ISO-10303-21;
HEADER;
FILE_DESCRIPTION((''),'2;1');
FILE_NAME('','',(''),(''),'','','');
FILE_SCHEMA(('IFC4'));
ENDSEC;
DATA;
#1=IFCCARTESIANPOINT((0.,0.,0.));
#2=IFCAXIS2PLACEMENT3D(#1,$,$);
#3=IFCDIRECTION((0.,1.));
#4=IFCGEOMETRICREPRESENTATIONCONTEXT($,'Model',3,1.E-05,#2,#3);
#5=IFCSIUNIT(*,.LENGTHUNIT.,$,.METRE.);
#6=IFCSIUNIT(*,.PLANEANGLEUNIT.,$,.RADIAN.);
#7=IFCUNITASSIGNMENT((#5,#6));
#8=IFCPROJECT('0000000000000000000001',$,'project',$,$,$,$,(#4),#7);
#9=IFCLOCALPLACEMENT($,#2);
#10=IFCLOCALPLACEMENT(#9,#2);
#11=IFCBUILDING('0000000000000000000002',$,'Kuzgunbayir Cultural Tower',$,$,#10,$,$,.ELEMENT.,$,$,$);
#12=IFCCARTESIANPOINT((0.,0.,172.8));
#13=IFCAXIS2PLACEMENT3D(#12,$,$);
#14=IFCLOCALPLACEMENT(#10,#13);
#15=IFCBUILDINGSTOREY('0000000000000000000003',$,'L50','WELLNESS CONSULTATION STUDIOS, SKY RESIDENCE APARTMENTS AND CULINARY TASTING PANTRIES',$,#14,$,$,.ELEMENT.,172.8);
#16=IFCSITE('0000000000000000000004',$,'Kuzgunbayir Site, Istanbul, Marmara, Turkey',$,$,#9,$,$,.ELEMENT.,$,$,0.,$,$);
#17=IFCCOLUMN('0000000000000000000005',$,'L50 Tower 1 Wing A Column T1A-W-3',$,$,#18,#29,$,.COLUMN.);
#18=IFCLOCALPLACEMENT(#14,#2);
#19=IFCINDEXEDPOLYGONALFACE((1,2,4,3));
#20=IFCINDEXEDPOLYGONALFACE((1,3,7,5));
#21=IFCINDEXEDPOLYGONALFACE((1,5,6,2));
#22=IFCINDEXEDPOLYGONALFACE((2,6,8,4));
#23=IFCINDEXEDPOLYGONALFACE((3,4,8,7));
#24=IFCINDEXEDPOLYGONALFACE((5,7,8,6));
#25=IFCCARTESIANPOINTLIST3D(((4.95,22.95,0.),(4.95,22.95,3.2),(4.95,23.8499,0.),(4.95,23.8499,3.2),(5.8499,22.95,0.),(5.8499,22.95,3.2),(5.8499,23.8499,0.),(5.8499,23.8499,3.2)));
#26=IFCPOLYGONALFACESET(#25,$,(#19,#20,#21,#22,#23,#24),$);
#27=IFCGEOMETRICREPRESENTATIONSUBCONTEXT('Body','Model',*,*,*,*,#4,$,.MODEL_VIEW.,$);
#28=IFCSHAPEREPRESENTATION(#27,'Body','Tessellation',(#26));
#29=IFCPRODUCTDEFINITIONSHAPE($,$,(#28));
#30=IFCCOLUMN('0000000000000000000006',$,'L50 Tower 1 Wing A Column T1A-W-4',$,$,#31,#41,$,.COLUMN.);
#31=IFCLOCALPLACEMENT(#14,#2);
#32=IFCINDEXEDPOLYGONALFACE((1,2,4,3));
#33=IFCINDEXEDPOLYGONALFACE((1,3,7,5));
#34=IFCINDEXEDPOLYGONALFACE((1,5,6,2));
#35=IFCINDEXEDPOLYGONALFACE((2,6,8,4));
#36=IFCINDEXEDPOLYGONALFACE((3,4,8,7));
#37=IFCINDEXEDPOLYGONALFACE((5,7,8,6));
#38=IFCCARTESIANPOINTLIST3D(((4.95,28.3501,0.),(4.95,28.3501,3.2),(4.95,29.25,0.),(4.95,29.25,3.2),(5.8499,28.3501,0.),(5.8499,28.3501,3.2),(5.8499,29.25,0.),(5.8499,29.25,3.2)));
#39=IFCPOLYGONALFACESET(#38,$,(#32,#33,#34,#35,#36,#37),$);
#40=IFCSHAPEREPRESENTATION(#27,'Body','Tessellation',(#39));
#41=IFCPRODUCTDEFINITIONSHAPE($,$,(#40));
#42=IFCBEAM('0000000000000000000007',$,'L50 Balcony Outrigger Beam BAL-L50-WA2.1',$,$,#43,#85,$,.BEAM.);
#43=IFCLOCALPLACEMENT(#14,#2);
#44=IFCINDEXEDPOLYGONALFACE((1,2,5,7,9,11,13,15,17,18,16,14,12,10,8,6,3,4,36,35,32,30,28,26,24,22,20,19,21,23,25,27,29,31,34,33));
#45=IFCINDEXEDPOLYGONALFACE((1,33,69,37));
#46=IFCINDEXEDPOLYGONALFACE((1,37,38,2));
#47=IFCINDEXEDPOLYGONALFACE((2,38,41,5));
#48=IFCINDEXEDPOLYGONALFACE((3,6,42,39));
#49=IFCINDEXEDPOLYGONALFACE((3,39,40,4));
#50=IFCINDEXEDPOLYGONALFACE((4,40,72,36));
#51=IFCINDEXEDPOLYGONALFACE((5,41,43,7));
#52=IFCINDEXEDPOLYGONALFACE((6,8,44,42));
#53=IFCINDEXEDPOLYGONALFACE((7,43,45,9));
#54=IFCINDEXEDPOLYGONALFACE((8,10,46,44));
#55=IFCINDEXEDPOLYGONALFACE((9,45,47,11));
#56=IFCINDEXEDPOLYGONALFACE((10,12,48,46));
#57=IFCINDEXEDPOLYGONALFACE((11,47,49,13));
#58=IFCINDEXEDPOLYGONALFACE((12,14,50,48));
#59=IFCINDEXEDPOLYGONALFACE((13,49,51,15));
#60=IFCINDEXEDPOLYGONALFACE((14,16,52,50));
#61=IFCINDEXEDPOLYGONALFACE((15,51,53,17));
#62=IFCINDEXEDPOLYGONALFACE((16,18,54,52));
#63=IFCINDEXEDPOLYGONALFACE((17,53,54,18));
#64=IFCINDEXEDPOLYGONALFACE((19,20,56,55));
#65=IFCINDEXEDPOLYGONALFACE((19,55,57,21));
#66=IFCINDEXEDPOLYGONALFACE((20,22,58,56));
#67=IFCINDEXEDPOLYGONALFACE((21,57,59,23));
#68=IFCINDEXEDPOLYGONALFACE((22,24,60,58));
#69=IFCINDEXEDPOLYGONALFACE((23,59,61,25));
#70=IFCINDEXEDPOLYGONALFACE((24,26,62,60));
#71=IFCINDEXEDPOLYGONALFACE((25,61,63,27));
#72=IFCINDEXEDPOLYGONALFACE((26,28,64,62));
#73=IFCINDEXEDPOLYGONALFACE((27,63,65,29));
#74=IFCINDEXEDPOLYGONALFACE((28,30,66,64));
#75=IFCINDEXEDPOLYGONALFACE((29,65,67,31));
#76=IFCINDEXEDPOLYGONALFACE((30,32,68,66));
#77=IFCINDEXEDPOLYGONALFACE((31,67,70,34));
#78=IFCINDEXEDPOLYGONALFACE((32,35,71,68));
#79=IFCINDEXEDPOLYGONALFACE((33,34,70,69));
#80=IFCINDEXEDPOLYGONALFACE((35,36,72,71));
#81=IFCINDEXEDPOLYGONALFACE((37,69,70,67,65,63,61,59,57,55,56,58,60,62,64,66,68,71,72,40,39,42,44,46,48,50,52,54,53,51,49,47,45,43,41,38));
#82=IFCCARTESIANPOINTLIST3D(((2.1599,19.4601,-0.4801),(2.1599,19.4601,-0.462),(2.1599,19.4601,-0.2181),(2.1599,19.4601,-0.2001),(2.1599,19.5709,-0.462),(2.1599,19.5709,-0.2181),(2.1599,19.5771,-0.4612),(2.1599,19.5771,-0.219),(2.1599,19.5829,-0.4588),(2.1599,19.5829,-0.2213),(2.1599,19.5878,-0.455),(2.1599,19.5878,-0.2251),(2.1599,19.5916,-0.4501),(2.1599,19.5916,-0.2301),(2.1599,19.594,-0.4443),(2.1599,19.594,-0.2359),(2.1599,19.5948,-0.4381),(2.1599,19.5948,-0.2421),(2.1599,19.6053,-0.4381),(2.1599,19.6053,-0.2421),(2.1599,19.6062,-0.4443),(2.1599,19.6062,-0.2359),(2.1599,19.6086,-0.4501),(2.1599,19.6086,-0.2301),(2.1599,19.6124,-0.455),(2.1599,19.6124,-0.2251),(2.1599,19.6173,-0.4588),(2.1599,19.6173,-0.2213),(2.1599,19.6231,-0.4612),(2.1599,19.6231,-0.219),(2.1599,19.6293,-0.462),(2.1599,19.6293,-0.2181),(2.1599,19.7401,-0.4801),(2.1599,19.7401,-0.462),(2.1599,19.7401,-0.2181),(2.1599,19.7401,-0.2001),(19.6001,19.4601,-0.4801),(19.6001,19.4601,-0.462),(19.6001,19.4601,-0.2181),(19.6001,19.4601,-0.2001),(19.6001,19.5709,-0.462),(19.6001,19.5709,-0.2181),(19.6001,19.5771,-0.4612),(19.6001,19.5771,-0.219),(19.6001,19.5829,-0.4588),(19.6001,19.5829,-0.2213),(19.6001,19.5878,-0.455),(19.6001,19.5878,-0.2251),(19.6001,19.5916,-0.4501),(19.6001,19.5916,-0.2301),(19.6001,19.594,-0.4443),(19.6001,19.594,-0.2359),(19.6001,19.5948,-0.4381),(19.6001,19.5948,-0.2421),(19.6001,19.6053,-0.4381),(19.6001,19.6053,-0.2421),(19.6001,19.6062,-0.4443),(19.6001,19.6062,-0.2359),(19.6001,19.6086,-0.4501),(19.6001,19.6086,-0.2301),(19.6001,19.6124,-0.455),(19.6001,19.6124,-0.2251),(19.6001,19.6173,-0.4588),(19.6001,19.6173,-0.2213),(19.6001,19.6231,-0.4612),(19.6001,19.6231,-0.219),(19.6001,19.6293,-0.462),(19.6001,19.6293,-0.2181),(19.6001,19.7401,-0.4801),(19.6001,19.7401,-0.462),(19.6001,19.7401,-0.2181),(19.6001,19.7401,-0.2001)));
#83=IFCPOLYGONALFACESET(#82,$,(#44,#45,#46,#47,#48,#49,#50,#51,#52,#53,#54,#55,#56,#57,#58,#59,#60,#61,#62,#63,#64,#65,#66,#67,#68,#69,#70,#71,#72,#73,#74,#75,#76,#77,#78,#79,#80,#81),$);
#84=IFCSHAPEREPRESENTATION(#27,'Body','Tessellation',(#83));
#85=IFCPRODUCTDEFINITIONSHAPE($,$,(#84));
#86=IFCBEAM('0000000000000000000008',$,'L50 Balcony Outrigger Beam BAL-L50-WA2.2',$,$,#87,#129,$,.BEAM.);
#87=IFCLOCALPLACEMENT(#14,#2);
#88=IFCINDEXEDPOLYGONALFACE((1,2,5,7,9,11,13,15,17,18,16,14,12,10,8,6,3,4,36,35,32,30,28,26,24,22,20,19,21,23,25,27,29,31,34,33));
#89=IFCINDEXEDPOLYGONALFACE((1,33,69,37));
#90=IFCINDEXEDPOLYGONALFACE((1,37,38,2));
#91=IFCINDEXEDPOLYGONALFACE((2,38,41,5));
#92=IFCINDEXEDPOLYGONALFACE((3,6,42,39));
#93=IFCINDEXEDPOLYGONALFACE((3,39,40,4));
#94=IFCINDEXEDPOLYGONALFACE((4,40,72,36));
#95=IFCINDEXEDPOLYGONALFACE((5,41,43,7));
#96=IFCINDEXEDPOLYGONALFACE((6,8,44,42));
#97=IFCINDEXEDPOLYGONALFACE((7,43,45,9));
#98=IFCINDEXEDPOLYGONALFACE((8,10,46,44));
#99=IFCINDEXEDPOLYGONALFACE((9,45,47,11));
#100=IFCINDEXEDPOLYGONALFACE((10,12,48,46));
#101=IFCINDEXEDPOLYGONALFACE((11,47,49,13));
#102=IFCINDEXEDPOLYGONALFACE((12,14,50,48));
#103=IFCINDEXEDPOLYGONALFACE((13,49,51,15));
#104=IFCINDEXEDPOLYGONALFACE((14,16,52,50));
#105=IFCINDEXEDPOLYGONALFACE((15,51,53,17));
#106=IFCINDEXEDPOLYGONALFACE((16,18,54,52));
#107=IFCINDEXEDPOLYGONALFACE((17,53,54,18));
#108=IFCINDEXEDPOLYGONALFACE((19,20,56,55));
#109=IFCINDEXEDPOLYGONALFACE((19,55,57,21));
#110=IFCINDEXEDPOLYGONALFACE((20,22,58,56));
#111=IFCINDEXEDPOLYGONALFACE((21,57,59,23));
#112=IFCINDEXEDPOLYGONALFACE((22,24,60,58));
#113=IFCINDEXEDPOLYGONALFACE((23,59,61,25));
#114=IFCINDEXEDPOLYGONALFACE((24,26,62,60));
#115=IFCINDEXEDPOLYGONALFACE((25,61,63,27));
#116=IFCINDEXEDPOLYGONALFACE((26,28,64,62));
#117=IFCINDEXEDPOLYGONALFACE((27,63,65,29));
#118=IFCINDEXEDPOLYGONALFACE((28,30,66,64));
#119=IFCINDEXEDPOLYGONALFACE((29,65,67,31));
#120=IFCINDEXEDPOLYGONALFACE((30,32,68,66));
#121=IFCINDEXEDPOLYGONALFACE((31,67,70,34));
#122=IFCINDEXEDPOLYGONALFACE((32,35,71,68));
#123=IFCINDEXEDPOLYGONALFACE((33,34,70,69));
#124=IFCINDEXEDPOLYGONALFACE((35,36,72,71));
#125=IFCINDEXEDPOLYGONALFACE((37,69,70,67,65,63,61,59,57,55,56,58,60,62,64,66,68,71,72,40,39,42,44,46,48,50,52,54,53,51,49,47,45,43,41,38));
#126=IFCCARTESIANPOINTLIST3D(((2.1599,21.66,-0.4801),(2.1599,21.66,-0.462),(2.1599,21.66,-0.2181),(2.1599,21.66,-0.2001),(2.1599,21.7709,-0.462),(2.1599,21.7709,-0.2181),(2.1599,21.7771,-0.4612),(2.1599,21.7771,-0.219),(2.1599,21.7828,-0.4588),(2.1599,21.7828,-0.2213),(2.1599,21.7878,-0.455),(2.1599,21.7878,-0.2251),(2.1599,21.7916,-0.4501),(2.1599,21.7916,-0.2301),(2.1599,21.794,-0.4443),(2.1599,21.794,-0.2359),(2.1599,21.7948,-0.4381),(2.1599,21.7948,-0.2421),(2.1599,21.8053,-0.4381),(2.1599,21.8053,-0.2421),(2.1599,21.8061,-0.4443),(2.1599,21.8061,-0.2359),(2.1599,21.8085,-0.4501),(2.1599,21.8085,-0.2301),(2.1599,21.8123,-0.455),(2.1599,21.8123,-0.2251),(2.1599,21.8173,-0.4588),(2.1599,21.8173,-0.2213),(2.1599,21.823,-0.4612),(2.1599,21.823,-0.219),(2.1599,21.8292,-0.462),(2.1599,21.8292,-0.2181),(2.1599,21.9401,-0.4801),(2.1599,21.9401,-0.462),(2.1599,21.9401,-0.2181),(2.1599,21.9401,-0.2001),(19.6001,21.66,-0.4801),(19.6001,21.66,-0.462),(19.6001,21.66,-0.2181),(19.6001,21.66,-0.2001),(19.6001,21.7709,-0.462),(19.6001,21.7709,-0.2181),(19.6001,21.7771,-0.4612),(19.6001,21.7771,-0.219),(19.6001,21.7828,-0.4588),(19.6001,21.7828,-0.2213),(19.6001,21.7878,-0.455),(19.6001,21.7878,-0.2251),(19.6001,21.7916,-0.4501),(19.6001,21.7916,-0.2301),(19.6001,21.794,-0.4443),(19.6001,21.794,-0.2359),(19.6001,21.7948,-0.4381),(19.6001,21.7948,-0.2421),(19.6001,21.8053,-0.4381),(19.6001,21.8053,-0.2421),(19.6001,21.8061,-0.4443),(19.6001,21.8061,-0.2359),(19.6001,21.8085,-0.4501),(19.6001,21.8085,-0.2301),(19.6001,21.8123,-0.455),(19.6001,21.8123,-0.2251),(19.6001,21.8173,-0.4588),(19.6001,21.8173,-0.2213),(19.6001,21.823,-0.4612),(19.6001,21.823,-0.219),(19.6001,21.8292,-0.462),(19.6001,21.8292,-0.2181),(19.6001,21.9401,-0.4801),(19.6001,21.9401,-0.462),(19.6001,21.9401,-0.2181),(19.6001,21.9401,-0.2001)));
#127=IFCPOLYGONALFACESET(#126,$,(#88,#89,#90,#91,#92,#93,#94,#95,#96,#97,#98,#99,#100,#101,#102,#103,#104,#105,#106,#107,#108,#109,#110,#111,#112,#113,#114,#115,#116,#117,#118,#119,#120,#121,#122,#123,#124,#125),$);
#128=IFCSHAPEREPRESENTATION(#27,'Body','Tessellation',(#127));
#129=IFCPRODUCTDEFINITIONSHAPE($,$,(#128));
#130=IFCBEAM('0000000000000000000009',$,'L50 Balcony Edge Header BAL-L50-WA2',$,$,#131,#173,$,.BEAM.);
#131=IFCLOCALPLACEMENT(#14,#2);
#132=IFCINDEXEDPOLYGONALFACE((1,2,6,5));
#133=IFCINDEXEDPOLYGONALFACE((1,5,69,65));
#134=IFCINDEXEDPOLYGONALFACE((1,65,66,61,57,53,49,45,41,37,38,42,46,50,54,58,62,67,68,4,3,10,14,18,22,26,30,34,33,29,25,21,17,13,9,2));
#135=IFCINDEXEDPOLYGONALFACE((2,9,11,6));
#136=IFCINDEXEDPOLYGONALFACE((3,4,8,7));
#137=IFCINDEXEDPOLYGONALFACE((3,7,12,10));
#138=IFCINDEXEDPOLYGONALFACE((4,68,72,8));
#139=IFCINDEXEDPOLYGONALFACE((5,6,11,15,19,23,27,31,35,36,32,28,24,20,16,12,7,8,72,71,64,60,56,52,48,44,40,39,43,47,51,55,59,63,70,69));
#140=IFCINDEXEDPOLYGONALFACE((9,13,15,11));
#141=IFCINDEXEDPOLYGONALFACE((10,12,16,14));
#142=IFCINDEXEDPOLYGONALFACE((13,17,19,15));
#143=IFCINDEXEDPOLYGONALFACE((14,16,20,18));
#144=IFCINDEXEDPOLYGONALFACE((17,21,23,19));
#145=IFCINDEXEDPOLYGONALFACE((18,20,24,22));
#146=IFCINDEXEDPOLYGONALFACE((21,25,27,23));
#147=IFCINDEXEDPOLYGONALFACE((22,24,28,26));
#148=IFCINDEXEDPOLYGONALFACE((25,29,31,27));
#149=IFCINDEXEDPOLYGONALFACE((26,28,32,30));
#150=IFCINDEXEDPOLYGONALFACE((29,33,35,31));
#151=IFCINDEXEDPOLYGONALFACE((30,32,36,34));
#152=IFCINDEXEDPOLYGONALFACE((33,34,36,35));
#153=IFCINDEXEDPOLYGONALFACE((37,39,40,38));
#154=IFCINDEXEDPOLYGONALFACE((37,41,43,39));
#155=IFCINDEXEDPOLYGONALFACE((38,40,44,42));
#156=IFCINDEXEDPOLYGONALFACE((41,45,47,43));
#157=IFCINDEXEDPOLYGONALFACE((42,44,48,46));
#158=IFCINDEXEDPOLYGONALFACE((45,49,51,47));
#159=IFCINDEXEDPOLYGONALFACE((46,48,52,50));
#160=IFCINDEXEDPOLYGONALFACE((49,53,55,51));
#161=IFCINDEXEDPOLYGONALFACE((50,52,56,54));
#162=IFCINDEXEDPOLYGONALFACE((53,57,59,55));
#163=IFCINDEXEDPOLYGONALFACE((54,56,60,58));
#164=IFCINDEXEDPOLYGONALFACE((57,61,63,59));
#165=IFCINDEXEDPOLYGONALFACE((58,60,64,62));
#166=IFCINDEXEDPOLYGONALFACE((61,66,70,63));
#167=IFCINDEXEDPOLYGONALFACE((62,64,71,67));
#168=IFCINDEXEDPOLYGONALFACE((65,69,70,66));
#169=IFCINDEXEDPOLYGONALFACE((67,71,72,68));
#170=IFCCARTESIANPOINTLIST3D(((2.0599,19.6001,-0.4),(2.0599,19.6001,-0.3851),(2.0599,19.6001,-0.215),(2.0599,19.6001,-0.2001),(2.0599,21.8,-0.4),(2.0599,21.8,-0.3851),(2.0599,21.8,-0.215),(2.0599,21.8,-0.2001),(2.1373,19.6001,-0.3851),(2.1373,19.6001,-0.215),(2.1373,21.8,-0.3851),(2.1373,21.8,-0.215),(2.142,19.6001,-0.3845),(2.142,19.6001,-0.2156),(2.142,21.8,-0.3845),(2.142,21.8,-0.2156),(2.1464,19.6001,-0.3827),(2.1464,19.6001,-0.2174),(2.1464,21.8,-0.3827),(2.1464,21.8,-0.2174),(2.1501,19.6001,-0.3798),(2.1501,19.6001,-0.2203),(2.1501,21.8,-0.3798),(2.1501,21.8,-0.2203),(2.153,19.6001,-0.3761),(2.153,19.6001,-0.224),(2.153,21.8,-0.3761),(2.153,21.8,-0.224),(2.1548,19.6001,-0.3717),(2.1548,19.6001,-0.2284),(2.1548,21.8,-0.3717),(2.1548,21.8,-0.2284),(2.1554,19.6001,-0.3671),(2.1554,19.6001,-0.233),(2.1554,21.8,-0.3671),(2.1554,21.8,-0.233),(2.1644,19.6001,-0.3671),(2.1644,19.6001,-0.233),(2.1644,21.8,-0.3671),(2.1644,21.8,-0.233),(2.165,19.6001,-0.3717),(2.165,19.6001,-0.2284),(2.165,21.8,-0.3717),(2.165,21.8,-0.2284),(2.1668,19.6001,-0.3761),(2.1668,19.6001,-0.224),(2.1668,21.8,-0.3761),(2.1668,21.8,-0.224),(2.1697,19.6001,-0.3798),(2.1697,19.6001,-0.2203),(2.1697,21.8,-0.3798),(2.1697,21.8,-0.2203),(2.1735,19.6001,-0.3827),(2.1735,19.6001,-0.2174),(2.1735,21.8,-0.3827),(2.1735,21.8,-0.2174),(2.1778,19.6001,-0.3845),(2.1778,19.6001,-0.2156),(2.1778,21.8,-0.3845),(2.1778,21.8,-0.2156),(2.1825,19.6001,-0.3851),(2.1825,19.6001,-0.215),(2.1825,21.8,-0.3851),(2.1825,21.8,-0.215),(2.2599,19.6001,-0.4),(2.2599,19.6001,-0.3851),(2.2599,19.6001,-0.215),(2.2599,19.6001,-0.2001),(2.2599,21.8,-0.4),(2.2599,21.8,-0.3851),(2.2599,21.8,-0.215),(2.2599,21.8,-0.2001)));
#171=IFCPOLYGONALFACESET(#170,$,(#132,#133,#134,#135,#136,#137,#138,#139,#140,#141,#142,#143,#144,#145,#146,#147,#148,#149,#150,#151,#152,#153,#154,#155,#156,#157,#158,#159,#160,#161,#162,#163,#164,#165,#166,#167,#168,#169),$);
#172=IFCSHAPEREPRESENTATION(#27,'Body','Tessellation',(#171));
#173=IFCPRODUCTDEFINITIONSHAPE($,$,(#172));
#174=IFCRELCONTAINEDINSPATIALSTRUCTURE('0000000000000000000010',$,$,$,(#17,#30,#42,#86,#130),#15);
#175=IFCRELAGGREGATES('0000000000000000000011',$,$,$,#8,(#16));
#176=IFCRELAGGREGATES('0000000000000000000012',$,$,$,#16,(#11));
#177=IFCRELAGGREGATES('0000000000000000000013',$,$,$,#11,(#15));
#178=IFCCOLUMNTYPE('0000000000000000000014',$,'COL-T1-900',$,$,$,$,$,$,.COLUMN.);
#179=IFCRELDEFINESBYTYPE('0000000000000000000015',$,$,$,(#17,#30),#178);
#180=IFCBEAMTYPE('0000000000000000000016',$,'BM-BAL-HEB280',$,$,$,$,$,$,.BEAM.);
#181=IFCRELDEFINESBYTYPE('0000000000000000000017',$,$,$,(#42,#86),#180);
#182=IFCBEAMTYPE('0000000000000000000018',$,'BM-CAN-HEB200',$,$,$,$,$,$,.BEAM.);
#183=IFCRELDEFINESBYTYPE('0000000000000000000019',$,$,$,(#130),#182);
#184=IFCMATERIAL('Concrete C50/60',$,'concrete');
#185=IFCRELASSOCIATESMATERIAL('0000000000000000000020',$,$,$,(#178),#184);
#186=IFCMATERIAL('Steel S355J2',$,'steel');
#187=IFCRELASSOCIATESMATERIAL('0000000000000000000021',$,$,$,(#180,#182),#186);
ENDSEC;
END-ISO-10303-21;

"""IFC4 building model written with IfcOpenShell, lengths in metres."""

from ifc_helpers import new_model, si_unit, direction, frame, origin, origin_2d, place, context, subcontext, project, spatial, rectangle, i_section, extrude, material, material_profile, profile_set, type_object, element, save


model = new_model("IFC4")

# Units and contexts
model_context = context("Model", 3, precision=1e-05, world=origin(), true_north=direction((0.0, 1.0)))
body_context = subcontext(model_context, "Body", "Model", "MODEL_VIEW")
ifc_project = project(units=[si_unit("LENGTHUNIT", "METRE"), si_unit("PLANEANGLEUNIT", "RADIAN")], contexts=[model_context])

# Site, building, storey
site_placement = place(None, origin())
site = spatial("IfcSite", under=ifc_project, at=site_placement, Name="Kuzgunbayir Site, Istanbul, Marmara, Turkey", CompositionType="ELEMENT", RefElevation=0.0)
building_placement = place(site_placement, origin())
building = spatial("IfcBuilding", under=site, at=building_placement, Name="Kuzgunbayir Cultural Tower", CompositionType="ELEMENT")
storey_placement = place(building_placement, frame((0.0, 0.0, 172.8)))
storey = spatial("IfcBuildingStorey", under=building, at=storey_placement, Name="L50", Description="WELLNESS CONSULTATION STUDIOS, SKY RESIDENCE APARTMENTS AND CULINARY TASTING PANTRIES", CompositionType="ELEMENT", Elevation=172.8)

# Columns
ifc_material_1 = material(Name="Concrete C50/60", Category="concrete")
ifc_material_profile_1 = material_profile(ifc_material_1, rectangle(XDim=0.8999, YDim=0.8999, at=origin_2d()), Name="RC 900x900")
ifc_profile_set_1 = profile_set([ifc_material_profile_1], Name="Concrete C50/60")
column_type = type_object("IfcColumnType", Name="COL-T1-900", PredefinedType="COLUMN", material=ifc_profile_set_1)
for number, where, z_axis, x_axis, name in (
    (1, (5.3999, 23.3999, 0.0), (0.0, 0.0, 1.0), (1.0, 0.0, 0.0), "L50 Tower 1 Wing A Column T1A-W-3"),
    (2, (5.3999, 28.8, 0.0), (0.0, 0.0, 1.0), (1.0, 0.0, 0.0), "L50 Tower 1 Wing A Column T1A-W-4"),
):
    element("IfcColumn", number, at=place(storey_placement, frame(where, z_axis=z_axis, x_axis=x_axis)), inside=storey, type_object=column_type, Name=name, PredefinedType="COLUMN", context=body_context, shape_type="SweptSolid", body=[
        extrude(rectangle(XDim=0.8999, YDim=0.8999, at=origin_2d()), origin(), (0.0, 0.0, 1.0), 3.2),
    ])

# Beams
ifc_material_2 = material(Name="Steel S355J2", Category="steel")
ifc_material_profile_2 = material_profile(ifc_material_2, i_section(OverallWidth=0.28, OverallDepth=0.28, WebThickness=0.0105, FlangeThickness=0.0181, FilletRadius=0.0239, at=origin_2d()), Name="HEB 280")
ifc_profile_set_2 = profile_set([ifc_material_profile_2], Name="Steel S355J2")
beam_type_1 = type_object("IfcBeamType", Name="BM-BAL-HEB280", PredefinedType="BEAM", material=ifc_profile_set_2)
for number, where, z_axis, x_axis, name in (
    (3, (2.1599, 19.6001, -0.3401), (1.0, 0.0, 0.0), (0.0, 1.0, 0.0), "L50 Balcony Outrigger Beam BAL-L50-WA2.1"),
    (4, (2.1599, 21.8, -0.3401), (1.0, 0.0, 0.0), (0.0, 1.0, 0.0), "L50 Balcony Outrigger Beam BAL-L50-WA2.2"),
):
    element("IfcBeam", number, at=place(storey_placement, frame(where, z_axis=z_axis, x_axis=x_axis)), inside=storey, type_object=beam_type_1, Name=name, PredefinedType="BEAM", context=body_context, shape_type="SweptSolid", body=[
        extrude(i_section(OverallWidth=0.28, OverallDepth=0.28, WebThickness=0.0105, FlangeThickness=0.0181, FilletRadius=0.0239, at=origin_2d()), origin(), (0.0, 0.0, 1.0), 17.4402),
    ])
ifc_material_profile_3 = material_profile(ifc_material_2, i_section(OverallWidth=0.2, OverallDepth=0.2, WebThickness=0.009, FlangeThickness=0.0149, FilletRadius=0.0181, at=origin_2d()), Name="HEB 200")
ifc_profile_set_3 = profile_set([ifc_material_profile_3], Name="Steel S355J2")
beam_type_2 = type_object("IfcBeamType", Name="BM-CAN-HEB200", PredefinedType="BEAM", material=ifc_profile_set_3)
beam_1_placement = place(storey_placement, frame((2.1599, 19.6001, -0.3), z_axis=(0.0, 1.0, 0.0), x_axis=(-1.0, 0.0, 0.0)))
element("IfcBeam", 5, at=beam_1_placement, inside=storey, type_object=beam_type_2, Name="L50 Balcony Edge Header BAL-L50-WA2", PredefinedType="BEAM", context=body_context, shape_type="SweptSolid", body=[
    extrude(i_section(OverallWidth=0.2, OverallDepth=0.2, WebThickness=0.009, FlangeThickness=0.0149, FilletRadius=0.0181, at=origin_2d()), origin(), (0.0, 0.0, 1.0), 2.2),
])

save(model, "model.ifc")
